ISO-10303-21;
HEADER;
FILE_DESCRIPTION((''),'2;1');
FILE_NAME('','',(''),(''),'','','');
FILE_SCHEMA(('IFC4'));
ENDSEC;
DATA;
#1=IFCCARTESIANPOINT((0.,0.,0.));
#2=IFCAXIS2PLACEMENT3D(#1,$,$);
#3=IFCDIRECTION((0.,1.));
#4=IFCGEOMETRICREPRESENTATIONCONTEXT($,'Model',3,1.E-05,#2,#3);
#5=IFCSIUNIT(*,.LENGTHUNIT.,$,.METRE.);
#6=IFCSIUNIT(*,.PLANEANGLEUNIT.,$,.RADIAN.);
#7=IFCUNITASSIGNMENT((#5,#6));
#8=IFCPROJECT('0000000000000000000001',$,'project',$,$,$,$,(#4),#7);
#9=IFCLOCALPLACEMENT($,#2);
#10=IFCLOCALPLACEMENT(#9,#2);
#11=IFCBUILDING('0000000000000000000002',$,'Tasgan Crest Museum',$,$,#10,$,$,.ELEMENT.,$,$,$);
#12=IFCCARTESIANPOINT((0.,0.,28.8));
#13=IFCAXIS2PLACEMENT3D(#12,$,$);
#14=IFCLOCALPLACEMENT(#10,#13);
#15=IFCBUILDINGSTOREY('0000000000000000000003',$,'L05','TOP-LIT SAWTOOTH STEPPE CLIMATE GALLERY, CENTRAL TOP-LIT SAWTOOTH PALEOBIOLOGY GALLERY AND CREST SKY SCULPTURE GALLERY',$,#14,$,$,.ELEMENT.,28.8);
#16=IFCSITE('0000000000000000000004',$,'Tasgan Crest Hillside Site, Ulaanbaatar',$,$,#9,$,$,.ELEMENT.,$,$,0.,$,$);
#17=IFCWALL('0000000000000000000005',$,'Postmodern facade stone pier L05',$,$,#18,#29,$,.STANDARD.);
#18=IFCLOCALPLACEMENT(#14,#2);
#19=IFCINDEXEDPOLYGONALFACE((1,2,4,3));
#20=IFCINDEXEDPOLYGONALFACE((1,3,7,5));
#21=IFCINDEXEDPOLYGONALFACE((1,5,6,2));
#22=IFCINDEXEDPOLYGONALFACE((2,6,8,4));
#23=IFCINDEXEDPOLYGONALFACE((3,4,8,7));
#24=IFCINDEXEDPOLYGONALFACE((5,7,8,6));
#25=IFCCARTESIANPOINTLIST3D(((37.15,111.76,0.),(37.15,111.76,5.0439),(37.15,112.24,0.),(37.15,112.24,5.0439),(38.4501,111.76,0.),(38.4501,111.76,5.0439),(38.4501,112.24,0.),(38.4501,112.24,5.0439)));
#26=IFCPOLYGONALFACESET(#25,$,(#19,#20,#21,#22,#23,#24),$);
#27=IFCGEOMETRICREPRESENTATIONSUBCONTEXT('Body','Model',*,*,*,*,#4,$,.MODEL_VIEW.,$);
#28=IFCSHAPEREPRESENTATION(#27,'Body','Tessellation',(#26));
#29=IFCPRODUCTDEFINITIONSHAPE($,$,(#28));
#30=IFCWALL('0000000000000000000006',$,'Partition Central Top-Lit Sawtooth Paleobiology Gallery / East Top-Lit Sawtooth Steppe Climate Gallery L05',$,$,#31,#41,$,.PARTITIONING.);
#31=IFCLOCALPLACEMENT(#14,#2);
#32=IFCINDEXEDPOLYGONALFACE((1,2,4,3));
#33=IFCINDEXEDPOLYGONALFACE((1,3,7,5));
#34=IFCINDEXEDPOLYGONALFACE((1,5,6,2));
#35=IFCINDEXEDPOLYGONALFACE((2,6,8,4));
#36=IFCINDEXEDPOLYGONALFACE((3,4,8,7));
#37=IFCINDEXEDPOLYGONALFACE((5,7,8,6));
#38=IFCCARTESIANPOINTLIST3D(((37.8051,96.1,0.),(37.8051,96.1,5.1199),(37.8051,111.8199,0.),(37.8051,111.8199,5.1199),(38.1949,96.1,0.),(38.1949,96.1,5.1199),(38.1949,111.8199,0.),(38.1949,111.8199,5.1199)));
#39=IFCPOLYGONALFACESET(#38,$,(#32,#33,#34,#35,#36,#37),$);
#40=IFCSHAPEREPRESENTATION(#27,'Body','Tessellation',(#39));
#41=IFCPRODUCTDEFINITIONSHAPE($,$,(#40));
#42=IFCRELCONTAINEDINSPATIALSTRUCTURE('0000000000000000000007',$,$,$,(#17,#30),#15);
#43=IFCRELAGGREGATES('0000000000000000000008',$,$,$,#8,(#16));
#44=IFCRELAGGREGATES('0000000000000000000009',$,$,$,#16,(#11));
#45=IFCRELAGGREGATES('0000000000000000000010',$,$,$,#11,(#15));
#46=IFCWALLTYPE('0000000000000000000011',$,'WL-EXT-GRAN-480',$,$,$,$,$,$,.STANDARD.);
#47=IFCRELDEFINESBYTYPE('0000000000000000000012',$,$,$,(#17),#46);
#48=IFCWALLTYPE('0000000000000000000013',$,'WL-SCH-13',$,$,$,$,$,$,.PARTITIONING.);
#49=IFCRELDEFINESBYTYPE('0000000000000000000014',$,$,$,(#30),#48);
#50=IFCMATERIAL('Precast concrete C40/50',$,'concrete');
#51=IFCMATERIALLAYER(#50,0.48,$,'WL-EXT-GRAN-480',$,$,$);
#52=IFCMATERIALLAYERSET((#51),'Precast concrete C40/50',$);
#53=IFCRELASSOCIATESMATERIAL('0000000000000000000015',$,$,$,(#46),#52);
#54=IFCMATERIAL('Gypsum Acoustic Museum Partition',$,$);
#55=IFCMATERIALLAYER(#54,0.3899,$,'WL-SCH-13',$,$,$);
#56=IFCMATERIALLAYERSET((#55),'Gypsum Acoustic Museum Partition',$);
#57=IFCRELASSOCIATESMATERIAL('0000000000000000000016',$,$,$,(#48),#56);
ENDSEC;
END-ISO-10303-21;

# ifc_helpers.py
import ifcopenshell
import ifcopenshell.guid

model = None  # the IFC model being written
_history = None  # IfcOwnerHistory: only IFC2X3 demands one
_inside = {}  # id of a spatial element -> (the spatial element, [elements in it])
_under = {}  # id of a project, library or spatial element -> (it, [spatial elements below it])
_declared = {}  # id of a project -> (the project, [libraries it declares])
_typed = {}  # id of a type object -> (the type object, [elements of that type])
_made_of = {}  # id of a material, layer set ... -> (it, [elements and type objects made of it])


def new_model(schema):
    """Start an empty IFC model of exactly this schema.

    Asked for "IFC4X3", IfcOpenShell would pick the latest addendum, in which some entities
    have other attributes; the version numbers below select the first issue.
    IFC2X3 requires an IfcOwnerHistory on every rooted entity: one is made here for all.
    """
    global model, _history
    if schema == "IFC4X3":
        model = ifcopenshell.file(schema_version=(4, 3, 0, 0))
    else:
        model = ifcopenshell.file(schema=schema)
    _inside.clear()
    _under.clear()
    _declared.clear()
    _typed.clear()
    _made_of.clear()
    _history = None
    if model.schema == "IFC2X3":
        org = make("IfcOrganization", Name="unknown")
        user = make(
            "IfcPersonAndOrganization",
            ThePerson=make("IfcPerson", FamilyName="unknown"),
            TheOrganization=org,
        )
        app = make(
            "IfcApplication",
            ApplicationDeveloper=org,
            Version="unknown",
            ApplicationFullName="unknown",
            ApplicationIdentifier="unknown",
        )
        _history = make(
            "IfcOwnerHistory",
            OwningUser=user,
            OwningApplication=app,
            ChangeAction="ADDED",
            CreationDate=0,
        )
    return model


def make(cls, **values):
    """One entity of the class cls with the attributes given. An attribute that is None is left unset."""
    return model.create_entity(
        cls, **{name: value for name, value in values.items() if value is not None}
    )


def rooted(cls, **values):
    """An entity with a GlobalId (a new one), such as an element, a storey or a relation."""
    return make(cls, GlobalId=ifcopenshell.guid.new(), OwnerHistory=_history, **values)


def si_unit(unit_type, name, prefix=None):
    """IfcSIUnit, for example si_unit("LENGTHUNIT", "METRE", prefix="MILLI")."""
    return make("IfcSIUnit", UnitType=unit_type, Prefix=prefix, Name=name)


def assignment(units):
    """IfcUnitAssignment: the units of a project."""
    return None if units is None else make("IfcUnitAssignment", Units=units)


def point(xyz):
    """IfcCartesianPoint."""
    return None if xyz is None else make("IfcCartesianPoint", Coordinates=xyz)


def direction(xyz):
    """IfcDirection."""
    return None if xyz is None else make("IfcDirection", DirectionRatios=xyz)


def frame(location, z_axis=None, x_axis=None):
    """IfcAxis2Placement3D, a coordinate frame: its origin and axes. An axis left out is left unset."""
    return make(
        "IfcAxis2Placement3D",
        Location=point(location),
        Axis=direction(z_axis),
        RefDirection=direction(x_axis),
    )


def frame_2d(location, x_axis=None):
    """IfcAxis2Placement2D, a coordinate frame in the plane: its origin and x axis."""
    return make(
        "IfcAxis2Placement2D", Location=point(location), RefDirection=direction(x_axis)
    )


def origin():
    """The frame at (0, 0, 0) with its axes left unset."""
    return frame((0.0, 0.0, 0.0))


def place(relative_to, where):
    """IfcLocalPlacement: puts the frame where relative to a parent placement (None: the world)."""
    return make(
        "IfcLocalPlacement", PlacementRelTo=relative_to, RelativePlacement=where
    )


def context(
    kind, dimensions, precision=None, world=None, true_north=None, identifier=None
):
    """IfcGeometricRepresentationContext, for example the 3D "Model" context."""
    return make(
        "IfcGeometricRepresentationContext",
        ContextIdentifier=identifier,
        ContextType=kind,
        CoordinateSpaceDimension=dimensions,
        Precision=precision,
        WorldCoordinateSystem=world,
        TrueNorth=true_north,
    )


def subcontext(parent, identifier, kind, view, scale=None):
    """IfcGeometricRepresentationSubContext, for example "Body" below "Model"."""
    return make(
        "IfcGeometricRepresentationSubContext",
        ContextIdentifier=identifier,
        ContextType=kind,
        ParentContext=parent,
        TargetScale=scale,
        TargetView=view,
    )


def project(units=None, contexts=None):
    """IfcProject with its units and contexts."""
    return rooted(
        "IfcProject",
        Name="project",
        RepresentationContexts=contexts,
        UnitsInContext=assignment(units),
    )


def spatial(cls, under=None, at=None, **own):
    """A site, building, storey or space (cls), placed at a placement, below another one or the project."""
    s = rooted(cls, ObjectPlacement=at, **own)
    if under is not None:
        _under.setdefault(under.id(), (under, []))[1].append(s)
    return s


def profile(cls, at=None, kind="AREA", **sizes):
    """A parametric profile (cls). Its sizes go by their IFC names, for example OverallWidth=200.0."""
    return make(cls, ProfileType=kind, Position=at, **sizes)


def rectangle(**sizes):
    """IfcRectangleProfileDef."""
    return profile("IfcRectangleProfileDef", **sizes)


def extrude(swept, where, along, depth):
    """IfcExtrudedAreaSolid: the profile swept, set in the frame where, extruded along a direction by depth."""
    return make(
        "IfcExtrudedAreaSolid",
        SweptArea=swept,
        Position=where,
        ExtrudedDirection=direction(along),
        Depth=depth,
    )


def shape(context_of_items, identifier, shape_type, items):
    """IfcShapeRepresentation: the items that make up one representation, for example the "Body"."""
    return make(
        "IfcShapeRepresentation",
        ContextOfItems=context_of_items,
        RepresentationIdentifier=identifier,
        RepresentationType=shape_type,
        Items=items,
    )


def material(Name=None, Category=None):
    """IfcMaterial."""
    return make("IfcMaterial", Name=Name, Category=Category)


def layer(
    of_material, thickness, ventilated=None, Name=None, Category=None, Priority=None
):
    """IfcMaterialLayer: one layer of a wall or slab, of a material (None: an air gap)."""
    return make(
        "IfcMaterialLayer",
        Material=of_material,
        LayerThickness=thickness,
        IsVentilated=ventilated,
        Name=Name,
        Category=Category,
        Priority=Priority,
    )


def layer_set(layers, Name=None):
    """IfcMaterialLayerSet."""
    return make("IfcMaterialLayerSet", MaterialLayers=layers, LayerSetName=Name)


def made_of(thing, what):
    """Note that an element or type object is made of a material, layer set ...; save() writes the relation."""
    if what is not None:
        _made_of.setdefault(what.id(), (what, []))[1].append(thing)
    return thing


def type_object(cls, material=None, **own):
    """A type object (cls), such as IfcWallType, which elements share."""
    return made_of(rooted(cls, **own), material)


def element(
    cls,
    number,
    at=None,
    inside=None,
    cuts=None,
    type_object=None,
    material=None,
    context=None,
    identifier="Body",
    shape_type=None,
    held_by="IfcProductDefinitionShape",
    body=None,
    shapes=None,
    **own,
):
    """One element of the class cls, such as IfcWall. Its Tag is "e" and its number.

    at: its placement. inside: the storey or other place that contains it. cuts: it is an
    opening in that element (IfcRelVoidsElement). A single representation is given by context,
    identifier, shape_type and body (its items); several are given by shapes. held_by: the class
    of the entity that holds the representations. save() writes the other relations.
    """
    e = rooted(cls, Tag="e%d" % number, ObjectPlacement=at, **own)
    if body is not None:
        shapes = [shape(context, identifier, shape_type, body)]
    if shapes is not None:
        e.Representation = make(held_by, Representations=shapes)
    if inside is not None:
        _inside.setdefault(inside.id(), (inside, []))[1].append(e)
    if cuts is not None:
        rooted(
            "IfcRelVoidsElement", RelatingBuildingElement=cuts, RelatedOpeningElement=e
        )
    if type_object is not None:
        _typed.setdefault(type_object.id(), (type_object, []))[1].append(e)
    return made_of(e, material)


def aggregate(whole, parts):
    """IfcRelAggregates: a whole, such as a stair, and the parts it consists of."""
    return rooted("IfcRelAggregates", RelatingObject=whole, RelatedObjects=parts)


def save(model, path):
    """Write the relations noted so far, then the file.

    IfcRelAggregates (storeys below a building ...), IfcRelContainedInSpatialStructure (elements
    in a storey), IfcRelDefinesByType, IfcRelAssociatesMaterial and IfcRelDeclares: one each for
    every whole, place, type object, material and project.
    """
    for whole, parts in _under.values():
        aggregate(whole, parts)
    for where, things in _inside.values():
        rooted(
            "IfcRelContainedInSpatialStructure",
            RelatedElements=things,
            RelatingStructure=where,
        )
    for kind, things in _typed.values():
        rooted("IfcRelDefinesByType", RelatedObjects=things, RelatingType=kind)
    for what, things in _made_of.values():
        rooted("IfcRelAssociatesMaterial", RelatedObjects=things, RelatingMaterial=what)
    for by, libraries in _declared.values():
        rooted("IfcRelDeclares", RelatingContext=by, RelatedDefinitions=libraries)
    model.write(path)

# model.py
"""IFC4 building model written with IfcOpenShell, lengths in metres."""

from ifc_helpers import new_model, si_unit, direction, frame, frame_2d, origin, place, context, subcontext, project, spatial, rectangle, extrude, material, layer, layer_set, type_object, element, save


model = new_model("IFC4")

# Units and contexts
model_context = context("Model", 3, precision=1e-05, world=origin(), true_north=direction((0.0, 1.0)))
body_context = subcontext(model_context, "Body", "Model", "MODEL_VIEW")
ifc_project = project(units=[si_unit("LENGTHUNIT", "METRE"), si_unit("PLANEANGLEUNIT", "RADIAN")], contexts=[model_context])

# Site, building, storey
site_placement = place(None, origin())
site = spatial("IfcSite", under=ifc_project, at=site_placement, Name="Tasgan Crest Hillside Site, Ulaanbaatar", CompositionType="ELEMENT", RefElevation=0.0)
building_placement = place(site_placement, origin())
building = spatial("IfcBuilding", under=site, at=building_placement, Name="Tasgan Crest Museum", CompositionType="ELEMENT")
storey_placement = place(building_placement, frame((0.0, 0.0, 28.8)))
storey = spatial("IfcBuildingStorey", under=building, at=storey_placement, Name="L05", Description="TOP-LIT SAWTOOTH STEPPE CLIMATE GALLERY, CENTRAL TOP-LIT SAWTOOTH PALEOBIOLOGY GALLERY AND CREST SKY SCULPTURE GALLERY", CompositionType="ELEMENT", Elevation=28.8)

# Walls
ifc_material_1 = material(Name="Precast concrete C40/50", Category="concrete")
ifc_layer_1 = layer(ifc_material_1, 0.48, Name="WL-EXT-GRAN-480")
ifc_layer_set_1 = layer_set([ifc_layer_1], Name="Precast concrete C40/50")
wall_type_1 = type_object("IfcWallType", Name="WL-EXT-GRAN-480", PredefinedType="STANDARD", material=ifc_layer_set_1)
wall_1_placement = place(storey_placement, frame((38.45, 112.0, 0.0), z_axis=(0.0, 0.0, 1.0), x_axis=(-1.0, 0.0, 0.0)))
element("IfcWall", 1, at=wall_1_placement, inside=storey, type_object=wall_type_1, Name="Postmodern facade stone pier L05", PredefinedType="STANDARD", context=body_context, shape_type="SweptSolid", body=[
    extrude(rectangle(XDim=1.3, YDim=0.48, at=frame_2d((0.6499, 0.0))), origin(), (0.0, 0.0, 1.0), 5.0439),
])
ifc_material_2 = material(Name="Gypsum Acoustic Museum Partition")
ifc_layer_2 = layer(ifc_material_2, 0.3899, Name="WL-SCH-13")
ifc_layer_set_2 = layer_set([ifc_layer_2], Name="Gypsum Acoustic Museum Partition")
wall_type_2 = type_object("IfcWallType", Name="WL-SCH-13", PredefinedType="PARTITIONING", material=ifc_layer_set_2)
wall_2_placement = place(storey_placement, frame((38.0, 96.1001, 0.0), z_axis=(0.0, 0.0, 1.0), x_axis=(0.0, 1.0, 0.0)))
element("IfcWall", 2, at=wall_2_placement, inside=storey, type_object=wall_type_2, Name="Partition Central Top-Lit Sawtooth Paleobiology Gallery / East Top-Lit Sawtooth Steppe Climate Gallery L05", PredefinedType="PARTITIONING", context=body_context, shape_type="SweptSolid", body=[
    extrude(rectangle(XDim=15.72, YDim=0.3899, at=frame_2d((7.8599, 0.0))), origin(), (0.0, 0.0, 1.0), 5.1199),
])

save(model, "model.ifc")
